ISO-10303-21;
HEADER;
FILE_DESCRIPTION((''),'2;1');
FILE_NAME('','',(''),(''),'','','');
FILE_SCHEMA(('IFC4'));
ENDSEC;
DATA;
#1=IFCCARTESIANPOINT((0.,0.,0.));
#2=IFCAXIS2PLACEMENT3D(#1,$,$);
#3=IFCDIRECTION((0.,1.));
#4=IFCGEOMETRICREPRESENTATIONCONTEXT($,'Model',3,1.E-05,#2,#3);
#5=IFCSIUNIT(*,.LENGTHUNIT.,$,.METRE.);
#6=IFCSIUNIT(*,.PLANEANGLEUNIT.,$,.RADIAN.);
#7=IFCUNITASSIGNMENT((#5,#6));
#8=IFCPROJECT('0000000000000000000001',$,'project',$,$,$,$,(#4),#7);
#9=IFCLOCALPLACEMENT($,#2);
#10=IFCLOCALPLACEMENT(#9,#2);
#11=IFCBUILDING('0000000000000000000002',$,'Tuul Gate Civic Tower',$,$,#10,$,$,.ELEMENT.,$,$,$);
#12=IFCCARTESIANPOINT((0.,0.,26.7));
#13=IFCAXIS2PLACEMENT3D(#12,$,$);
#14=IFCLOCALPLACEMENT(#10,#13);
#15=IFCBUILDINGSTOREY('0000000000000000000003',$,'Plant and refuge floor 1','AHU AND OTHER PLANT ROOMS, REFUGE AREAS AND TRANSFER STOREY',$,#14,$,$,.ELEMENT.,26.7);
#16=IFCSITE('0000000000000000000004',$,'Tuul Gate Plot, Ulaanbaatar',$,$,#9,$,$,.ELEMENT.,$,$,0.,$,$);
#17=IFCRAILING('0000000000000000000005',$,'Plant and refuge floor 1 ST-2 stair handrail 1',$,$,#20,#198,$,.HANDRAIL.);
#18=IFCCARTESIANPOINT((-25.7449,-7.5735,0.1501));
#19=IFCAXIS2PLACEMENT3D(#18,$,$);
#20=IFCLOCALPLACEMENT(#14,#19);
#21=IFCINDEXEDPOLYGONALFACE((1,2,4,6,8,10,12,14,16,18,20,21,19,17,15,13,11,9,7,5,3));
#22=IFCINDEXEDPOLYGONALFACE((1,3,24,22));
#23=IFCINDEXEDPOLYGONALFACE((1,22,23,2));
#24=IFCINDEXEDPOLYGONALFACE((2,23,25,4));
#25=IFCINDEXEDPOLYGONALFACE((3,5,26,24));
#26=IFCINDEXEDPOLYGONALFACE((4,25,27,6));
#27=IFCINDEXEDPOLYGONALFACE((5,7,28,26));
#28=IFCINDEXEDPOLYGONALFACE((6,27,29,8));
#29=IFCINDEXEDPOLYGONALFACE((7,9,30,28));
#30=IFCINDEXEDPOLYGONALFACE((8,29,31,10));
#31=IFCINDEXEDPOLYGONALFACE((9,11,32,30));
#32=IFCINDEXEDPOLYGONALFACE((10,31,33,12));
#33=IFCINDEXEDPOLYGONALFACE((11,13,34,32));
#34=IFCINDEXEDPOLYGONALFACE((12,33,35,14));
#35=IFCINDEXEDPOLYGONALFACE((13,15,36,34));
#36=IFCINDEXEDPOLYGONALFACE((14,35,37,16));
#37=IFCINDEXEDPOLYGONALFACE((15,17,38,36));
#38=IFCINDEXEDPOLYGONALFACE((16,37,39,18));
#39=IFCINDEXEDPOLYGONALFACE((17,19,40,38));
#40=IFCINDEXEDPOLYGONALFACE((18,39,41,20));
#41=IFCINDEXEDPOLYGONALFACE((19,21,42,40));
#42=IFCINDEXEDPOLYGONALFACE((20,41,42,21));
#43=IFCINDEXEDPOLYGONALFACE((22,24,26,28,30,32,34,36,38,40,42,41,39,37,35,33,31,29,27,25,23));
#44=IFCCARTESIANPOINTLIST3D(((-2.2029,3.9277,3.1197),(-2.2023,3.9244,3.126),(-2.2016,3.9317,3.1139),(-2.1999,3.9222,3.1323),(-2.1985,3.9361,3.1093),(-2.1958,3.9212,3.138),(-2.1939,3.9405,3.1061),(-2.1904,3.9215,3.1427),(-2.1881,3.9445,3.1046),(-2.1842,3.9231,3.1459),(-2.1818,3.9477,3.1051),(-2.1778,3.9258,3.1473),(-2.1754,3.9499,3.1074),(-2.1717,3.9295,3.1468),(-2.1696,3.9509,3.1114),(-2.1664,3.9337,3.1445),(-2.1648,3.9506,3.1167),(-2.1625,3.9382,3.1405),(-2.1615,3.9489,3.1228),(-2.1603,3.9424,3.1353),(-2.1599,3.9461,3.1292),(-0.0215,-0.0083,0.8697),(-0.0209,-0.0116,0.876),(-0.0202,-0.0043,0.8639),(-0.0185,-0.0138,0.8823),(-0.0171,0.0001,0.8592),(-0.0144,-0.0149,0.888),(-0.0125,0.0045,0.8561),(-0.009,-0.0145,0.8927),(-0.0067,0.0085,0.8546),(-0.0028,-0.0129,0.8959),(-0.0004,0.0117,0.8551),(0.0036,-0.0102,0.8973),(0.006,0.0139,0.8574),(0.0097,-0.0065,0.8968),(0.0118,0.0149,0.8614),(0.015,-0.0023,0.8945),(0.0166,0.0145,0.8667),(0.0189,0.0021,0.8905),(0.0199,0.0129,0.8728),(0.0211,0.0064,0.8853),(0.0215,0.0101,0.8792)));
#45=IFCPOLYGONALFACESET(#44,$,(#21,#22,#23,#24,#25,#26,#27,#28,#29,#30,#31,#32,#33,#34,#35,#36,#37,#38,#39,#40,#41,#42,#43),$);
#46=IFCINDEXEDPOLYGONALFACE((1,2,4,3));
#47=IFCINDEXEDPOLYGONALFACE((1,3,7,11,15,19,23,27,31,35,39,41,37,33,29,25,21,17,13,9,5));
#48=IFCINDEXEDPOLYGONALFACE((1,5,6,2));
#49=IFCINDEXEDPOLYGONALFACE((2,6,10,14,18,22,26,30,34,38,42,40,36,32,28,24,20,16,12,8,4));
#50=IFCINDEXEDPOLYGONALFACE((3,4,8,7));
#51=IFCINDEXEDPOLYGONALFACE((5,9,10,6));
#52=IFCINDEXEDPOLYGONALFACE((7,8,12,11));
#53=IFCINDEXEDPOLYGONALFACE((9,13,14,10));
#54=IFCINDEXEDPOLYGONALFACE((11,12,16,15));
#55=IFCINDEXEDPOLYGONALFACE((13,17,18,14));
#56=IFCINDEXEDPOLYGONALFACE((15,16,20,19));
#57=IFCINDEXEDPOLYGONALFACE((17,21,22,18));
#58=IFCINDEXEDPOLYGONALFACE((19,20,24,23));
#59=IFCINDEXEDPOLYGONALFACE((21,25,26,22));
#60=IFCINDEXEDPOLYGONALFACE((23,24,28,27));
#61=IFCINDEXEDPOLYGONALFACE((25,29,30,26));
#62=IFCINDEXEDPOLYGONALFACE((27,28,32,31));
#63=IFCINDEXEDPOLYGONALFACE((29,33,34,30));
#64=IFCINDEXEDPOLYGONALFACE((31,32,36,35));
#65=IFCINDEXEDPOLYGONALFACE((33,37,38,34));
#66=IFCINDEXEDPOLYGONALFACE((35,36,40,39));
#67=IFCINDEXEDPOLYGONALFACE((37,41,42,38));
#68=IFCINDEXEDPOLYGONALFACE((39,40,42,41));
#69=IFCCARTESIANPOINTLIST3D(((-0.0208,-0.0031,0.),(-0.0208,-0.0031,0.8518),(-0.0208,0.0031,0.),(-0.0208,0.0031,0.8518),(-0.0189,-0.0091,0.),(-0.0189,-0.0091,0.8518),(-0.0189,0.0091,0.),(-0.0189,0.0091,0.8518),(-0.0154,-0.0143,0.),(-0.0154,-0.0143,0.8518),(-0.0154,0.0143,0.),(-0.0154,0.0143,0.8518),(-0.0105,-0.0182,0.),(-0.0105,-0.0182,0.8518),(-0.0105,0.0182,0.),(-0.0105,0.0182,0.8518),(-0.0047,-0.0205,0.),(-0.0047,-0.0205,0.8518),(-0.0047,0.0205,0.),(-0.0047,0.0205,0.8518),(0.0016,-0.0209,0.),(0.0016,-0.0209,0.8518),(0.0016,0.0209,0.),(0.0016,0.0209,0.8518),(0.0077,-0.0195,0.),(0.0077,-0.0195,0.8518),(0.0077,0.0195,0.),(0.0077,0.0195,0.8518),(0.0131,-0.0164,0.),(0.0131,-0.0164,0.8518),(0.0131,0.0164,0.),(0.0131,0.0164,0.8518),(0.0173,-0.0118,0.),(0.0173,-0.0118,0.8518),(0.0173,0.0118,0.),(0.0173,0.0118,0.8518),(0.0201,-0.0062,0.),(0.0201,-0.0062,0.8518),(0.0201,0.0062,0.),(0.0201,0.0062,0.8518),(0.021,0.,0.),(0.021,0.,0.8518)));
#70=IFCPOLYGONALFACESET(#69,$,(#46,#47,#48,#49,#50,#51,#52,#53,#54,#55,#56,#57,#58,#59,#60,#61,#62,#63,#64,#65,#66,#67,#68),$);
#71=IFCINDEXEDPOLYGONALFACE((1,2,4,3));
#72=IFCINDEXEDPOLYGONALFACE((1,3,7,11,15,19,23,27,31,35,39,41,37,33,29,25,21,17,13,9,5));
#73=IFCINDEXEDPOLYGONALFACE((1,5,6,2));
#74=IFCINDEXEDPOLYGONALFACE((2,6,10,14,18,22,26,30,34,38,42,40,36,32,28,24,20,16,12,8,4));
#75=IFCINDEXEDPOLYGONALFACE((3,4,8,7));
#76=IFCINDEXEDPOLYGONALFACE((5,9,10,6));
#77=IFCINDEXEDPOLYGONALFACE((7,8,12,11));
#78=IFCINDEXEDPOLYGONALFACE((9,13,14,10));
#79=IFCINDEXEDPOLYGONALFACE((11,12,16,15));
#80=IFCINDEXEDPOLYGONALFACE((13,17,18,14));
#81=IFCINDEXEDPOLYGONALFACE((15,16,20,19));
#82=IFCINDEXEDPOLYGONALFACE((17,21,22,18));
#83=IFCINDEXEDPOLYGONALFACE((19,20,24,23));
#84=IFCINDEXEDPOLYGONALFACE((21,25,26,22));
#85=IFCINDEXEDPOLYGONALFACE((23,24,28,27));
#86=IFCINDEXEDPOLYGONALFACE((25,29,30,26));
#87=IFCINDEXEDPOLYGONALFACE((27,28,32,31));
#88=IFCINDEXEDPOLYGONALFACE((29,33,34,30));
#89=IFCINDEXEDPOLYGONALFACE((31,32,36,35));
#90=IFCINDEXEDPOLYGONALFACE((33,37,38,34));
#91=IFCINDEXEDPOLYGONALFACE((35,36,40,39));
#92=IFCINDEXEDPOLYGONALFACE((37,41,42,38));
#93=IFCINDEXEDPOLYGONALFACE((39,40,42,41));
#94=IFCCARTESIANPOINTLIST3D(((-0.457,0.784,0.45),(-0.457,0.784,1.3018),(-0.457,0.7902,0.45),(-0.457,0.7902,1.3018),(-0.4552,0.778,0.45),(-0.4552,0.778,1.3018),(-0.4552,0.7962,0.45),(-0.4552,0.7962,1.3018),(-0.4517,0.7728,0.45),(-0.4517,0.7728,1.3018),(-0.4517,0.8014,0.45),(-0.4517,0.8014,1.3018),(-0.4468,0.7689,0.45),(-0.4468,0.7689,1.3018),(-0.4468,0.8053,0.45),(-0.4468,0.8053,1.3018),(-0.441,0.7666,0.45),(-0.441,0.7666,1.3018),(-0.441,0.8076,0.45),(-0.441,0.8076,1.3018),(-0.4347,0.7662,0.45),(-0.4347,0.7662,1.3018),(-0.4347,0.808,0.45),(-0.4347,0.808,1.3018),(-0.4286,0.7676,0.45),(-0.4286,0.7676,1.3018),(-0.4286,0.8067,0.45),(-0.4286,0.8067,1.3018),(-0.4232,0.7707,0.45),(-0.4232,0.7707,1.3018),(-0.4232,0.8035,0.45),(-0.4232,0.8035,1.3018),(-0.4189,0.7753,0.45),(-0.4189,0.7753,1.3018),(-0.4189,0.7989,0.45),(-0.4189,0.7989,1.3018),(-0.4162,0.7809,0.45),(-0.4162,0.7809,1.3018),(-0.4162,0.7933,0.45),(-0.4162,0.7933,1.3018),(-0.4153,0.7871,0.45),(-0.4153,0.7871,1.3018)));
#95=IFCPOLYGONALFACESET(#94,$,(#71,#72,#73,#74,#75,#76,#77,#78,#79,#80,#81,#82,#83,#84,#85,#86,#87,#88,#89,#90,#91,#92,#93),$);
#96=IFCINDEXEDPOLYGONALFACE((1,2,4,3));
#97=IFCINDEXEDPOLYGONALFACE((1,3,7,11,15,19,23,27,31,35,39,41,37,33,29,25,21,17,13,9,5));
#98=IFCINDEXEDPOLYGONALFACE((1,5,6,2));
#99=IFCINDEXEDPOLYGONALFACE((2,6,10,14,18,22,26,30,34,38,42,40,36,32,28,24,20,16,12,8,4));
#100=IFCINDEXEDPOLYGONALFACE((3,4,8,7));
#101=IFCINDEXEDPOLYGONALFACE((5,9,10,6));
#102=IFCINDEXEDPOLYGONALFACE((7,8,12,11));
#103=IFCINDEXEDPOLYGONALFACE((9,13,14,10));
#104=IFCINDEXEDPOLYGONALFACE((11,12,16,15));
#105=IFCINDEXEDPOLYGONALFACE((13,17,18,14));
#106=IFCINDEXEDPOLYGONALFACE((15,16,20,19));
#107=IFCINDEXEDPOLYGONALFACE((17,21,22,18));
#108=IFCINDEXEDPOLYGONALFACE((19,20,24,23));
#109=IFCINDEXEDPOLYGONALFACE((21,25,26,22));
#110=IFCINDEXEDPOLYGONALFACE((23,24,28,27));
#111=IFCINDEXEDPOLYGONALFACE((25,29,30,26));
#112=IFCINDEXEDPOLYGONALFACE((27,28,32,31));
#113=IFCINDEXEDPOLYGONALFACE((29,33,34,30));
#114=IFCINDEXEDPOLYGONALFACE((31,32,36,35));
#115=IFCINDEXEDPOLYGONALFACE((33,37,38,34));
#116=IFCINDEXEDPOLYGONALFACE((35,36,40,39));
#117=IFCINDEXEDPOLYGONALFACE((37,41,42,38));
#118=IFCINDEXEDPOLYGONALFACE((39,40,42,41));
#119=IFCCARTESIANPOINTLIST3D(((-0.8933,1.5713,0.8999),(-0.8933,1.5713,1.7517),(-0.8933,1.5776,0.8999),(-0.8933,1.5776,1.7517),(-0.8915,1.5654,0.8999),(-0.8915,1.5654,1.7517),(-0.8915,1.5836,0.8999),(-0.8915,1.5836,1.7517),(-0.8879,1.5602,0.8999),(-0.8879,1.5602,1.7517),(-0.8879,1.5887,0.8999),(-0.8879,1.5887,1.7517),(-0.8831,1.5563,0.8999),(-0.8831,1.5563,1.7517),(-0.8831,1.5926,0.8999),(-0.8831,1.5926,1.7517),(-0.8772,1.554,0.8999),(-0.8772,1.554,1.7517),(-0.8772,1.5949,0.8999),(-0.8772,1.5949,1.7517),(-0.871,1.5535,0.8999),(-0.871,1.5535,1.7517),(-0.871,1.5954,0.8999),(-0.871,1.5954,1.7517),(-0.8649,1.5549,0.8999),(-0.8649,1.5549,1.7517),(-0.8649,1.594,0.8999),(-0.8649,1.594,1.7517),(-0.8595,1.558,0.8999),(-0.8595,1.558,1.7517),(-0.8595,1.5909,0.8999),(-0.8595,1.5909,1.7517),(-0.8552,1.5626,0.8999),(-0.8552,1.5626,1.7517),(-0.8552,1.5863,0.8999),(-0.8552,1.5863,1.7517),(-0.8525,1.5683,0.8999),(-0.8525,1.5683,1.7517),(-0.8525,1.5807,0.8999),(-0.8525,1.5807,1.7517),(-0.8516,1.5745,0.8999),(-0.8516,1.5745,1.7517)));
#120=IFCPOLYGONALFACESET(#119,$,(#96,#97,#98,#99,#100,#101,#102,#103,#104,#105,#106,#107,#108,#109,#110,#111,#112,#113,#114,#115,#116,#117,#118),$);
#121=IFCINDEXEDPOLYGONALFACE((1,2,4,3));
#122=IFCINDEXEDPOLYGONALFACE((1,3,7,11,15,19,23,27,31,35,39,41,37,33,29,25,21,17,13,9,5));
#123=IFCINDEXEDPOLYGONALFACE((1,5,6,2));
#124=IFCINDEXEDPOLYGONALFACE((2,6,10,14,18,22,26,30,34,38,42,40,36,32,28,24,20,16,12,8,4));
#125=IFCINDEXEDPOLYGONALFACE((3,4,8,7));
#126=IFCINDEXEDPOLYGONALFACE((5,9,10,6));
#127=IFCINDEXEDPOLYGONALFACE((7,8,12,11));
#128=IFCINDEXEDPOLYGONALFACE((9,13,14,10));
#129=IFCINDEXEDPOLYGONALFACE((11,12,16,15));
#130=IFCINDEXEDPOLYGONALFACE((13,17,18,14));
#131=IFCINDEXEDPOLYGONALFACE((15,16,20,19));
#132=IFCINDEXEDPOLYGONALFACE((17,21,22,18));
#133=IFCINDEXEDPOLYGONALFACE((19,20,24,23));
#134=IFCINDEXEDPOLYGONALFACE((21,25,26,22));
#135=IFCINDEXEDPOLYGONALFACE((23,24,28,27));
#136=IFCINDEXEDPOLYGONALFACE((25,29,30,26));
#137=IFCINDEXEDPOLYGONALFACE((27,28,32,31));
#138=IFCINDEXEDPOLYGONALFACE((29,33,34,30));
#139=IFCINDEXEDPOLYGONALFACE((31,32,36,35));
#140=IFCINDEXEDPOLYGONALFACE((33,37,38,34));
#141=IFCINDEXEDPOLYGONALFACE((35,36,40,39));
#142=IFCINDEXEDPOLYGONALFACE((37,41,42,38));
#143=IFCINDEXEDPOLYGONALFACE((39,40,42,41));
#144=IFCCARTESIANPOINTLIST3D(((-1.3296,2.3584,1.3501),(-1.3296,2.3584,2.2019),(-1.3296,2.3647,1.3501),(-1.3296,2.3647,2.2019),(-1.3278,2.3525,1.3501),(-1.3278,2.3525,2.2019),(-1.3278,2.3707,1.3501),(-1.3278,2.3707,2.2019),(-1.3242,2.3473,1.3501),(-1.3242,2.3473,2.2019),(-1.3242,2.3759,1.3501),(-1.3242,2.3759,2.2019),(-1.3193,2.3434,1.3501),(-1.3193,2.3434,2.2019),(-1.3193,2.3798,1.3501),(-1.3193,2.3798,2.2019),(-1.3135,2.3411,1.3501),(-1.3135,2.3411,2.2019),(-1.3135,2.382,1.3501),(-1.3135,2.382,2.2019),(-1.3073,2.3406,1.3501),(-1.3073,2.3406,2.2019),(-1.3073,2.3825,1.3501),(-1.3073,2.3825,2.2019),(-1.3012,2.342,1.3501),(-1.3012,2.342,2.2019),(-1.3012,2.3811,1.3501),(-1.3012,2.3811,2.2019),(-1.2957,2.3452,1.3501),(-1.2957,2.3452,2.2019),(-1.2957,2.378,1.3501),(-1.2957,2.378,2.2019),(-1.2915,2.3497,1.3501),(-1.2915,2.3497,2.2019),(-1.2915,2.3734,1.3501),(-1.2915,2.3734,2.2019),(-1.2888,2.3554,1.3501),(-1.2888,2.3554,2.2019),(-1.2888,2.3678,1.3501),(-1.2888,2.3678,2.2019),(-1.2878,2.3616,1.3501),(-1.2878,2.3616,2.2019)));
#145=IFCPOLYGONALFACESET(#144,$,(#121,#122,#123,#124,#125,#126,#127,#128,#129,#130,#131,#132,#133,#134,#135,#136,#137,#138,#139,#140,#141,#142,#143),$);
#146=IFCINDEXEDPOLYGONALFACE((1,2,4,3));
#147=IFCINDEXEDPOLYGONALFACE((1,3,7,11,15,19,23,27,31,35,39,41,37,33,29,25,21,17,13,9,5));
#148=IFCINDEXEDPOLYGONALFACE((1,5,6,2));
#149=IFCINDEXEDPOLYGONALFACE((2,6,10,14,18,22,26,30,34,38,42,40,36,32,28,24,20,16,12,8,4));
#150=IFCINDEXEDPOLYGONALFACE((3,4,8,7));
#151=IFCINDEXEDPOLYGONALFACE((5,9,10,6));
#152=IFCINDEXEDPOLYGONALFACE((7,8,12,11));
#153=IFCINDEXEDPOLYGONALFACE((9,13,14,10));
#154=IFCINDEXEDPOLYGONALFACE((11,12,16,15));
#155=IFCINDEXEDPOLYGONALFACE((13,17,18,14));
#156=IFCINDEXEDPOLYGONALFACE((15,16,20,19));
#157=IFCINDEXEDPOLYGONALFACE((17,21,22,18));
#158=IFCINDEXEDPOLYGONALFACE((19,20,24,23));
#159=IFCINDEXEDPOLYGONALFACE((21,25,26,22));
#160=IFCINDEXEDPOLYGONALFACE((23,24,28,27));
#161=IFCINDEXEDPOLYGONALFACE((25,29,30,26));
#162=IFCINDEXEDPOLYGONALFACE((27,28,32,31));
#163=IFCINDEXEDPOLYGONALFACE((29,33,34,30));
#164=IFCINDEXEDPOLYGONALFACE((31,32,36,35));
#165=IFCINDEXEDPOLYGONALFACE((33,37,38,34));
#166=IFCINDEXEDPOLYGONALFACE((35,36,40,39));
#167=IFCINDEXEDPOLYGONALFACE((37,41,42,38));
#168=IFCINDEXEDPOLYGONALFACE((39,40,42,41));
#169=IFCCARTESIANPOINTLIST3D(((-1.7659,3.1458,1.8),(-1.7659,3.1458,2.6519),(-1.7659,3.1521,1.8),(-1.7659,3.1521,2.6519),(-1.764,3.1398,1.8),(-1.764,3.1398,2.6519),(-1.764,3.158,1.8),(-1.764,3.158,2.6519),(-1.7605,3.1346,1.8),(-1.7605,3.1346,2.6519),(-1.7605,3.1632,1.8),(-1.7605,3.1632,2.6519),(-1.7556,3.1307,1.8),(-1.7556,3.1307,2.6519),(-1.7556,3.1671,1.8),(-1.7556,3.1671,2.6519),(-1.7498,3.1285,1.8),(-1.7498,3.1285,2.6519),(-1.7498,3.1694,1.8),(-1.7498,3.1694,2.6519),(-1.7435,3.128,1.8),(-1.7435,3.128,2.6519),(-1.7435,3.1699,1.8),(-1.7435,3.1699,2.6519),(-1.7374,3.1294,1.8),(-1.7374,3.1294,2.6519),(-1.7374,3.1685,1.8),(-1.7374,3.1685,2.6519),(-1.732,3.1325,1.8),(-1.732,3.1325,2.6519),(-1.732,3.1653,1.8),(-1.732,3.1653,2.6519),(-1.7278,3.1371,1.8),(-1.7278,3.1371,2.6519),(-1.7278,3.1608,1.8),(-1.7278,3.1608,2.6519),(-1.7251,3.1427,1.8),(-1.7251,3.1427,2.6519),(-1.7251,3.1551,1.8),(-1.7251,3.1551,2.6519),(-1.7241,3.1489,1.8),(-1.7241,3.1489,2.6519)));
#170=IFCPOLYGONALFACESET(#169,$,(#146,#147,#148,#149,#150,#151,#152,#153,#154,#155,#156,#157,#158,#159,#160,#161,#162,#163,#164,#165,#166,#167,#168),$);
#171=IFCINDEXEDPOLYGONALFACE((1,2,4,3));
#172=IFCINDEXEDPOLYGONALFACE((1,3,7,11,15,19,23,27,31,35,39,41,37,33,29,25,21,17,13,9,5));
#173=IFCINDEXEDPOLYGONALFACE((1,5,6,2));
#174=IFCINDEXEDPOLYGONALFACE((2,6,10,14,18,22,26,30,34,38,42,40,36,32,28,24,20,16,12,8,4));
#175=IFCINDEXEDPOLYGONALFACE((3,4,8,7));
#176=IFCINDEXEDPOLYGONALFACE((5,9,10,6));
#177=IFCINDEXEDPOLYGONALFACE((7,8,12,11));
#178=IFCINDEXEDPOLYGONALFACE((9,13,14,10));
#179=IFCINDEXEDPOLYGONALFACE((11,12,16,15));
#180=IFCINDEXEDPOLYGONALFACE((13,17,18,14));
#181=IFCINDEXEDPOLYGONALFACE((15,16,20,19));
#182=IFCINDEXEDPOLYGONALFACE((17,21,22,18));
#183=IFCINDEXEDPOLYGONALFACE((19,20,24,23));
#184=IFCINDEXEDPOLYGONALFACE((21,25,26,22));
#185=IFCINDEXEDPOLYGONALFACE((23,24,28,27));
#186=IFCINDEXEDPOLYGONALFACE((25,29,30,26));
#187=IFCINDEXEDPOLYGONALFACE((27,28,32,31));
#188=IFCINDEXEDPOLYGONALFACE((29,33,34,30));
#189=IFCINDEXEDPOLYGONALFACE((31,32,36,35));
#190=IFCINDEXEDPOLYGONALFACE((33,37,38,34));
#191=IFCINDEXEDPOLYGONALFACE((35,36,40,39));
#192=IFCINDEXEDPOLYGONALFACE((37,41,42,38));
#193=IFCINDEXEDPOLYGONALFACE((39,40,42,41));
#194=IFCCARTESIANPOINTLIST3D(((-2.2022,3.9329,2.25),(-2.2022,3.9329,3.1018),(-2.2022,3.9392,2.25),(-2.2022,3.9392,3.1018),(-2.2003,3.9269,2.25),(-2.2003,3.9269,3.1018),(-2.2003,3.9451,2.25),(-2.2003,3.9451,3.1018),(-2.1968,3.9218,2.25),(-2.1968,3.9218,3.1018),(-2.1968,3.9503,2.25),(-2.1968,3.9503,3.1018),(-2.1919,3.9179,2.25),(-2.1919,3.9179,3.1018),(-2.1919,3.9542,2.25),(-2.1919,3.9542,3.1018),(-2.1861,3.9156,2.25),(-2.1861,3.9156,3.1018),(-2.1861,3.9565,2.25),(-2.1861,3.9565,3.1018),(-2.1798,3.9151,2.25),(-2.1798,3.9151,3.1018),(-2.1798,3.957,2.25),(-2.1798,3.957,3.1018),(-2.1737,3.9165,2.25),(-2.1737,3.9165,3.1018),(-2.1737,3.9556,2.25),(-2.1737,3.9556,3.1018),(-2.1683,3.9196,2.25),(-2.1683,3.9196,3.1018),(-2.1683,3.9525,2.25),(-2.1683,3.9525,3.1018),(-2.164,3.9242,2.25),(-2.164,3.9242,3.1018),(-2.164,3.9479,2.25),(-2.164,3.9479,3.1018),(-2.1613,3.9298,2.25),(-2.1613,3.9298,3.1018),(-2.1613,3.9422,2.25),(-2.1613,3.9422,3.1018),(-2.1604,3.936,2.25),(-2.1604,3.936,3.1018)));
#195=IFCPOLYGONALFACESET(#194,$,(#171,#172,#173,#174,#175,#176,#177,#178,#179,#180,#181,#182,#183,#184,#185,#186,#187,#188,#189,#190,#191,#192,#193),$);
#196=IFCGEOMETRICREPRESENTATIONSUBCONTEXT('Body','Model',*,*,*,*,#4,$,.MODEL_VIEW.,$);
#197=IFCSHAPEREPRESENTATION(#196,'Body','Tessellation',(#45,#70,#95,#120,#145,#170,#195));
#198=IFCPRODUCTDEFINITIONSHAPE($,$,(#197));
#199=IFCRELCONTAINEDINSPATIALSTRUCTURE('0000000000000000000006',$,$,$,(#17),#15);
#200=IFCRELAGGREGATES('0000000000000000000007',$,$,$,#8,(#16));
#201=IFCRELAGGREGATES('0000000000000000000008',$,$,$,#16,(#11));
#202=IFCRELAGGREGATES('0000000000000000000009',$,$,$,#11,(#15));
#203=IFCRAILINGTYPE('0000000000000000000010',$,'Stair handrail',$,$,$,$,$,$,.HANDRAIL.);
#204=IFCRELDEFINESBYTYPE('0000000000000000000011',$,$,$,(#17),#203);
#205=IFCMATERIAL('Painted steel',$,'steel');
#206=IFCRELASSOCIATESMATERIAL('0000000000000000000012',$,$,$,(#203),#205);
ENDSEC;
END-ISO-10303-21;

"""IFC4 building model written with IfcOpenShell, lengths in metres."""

from ifc_helpers import new_model, si_unit, direction, frame, origin, origin_2d, place, context, subcontext, project, spatial, circle, extrude, material, type_object, element, save


model = new_model("IFC4")

# Units and contexts
model_context = context("Model", 3, precision=1e-05, world=origin(), true_north=direction((0.0, 1.0)))
body_context = subcontext(model_context, "Body", "Model", "MODEL_VIEW")
ifc_project = project(units=[si_unit("LENGTHUNIT", "METRE"), si_unit("PLANEANGLEUNIT", "RADIAN")], contexts=[model_context])

# Site, building, storey
site_placement = place(None, origin())
site = spatial("IfcSite", under=ifc_project, at=site_placement, Name="Tuul Gate Plot, Ulaanbaatar", CompositionType="ELEMENT", RefElevation=0.0)
building_placement = place(site_placement, origin())
building = spatial("IfcBuilding", under=site, at=building_placement, Name="Tuul Gate Civic Tower", CompositionType="ELEMENT")
storey_placement = place(building_placement, frame((0.0, 0.0, 26.7)))
storey = spatial("IfcBuildingStorey", under=building, at=storey_placement, Name="Plant and refuge floor 1", Description="AHU AND OTHER PLANT ROOMS, REFUGE AREAS AND TRANSFER STOREY", CompositionType="ELEMENT", Elevation=26.7)

# Railing
ifc_material_1 = material(Name="Painted steel", Category="steel")
railing_type_1 = type_object("IfcRailingType", Name="Stair handrail", PredefinedType="HANDRAIL", material=ifc_material_1)
railing_1_placement = place(storey_placement, frame((-25.7449, -7.5735, 0.1501)))
element("IfcRailing", 1, at=railing_1_placement, inside=storey, type_object=railing_type_1, Name="Plant and refuge floor 1 ST-2 stair handrail 1", PredefinedType="HANDRAIL", context=body_context, shape_type="SweptSolid", body=[
    extrude(circle(Radius=0.0239, at=origin_2d()), frame((0.0, 0.0, 0.876), z_axis=(-0.43357, 0.782319, 0.447206), x_axis=(-0.874656, -0.484744, 0.0)), (0.0, 0.0, 1.0), 5.0312),
    extrude(circle(Radius=0.021, at=origin_2d()), origin(), (0.0, 0.0, 1.0), 0.8518),
    extrude(circle(Radius=0.021, at=origin_2d()), frame((-0.4363, 0.7871, 0.45)), (0.0, 0.0, 1.0), 0.8518),
    extrude(circle(Radius=0.021, at=origin_2d()), frame((-0.8726, 1.5745, 0.8999)), (0.0, 0.0, 1.0), 0.8518),
    extrude(circle(Radius=0.021, at=origin_2d()), frame((-1.3088, 2.3616, 1.3501)), (0.0, 0.0, 1.0), 0.8518),
    extrude(circle(Radius=0.021, at=origin_2d()), frame((-1.7451, 3.1489, 1.8)), (0.0, 0.0, 1.0), 0.8518),
    extrude(circle(Radius=0.021, at=origin_2d()), frame((-2.1814, 3.936, 2.25)), (0.0, 0.0, 1.0), 0.8518),
])

save(model, "model.ifc")
